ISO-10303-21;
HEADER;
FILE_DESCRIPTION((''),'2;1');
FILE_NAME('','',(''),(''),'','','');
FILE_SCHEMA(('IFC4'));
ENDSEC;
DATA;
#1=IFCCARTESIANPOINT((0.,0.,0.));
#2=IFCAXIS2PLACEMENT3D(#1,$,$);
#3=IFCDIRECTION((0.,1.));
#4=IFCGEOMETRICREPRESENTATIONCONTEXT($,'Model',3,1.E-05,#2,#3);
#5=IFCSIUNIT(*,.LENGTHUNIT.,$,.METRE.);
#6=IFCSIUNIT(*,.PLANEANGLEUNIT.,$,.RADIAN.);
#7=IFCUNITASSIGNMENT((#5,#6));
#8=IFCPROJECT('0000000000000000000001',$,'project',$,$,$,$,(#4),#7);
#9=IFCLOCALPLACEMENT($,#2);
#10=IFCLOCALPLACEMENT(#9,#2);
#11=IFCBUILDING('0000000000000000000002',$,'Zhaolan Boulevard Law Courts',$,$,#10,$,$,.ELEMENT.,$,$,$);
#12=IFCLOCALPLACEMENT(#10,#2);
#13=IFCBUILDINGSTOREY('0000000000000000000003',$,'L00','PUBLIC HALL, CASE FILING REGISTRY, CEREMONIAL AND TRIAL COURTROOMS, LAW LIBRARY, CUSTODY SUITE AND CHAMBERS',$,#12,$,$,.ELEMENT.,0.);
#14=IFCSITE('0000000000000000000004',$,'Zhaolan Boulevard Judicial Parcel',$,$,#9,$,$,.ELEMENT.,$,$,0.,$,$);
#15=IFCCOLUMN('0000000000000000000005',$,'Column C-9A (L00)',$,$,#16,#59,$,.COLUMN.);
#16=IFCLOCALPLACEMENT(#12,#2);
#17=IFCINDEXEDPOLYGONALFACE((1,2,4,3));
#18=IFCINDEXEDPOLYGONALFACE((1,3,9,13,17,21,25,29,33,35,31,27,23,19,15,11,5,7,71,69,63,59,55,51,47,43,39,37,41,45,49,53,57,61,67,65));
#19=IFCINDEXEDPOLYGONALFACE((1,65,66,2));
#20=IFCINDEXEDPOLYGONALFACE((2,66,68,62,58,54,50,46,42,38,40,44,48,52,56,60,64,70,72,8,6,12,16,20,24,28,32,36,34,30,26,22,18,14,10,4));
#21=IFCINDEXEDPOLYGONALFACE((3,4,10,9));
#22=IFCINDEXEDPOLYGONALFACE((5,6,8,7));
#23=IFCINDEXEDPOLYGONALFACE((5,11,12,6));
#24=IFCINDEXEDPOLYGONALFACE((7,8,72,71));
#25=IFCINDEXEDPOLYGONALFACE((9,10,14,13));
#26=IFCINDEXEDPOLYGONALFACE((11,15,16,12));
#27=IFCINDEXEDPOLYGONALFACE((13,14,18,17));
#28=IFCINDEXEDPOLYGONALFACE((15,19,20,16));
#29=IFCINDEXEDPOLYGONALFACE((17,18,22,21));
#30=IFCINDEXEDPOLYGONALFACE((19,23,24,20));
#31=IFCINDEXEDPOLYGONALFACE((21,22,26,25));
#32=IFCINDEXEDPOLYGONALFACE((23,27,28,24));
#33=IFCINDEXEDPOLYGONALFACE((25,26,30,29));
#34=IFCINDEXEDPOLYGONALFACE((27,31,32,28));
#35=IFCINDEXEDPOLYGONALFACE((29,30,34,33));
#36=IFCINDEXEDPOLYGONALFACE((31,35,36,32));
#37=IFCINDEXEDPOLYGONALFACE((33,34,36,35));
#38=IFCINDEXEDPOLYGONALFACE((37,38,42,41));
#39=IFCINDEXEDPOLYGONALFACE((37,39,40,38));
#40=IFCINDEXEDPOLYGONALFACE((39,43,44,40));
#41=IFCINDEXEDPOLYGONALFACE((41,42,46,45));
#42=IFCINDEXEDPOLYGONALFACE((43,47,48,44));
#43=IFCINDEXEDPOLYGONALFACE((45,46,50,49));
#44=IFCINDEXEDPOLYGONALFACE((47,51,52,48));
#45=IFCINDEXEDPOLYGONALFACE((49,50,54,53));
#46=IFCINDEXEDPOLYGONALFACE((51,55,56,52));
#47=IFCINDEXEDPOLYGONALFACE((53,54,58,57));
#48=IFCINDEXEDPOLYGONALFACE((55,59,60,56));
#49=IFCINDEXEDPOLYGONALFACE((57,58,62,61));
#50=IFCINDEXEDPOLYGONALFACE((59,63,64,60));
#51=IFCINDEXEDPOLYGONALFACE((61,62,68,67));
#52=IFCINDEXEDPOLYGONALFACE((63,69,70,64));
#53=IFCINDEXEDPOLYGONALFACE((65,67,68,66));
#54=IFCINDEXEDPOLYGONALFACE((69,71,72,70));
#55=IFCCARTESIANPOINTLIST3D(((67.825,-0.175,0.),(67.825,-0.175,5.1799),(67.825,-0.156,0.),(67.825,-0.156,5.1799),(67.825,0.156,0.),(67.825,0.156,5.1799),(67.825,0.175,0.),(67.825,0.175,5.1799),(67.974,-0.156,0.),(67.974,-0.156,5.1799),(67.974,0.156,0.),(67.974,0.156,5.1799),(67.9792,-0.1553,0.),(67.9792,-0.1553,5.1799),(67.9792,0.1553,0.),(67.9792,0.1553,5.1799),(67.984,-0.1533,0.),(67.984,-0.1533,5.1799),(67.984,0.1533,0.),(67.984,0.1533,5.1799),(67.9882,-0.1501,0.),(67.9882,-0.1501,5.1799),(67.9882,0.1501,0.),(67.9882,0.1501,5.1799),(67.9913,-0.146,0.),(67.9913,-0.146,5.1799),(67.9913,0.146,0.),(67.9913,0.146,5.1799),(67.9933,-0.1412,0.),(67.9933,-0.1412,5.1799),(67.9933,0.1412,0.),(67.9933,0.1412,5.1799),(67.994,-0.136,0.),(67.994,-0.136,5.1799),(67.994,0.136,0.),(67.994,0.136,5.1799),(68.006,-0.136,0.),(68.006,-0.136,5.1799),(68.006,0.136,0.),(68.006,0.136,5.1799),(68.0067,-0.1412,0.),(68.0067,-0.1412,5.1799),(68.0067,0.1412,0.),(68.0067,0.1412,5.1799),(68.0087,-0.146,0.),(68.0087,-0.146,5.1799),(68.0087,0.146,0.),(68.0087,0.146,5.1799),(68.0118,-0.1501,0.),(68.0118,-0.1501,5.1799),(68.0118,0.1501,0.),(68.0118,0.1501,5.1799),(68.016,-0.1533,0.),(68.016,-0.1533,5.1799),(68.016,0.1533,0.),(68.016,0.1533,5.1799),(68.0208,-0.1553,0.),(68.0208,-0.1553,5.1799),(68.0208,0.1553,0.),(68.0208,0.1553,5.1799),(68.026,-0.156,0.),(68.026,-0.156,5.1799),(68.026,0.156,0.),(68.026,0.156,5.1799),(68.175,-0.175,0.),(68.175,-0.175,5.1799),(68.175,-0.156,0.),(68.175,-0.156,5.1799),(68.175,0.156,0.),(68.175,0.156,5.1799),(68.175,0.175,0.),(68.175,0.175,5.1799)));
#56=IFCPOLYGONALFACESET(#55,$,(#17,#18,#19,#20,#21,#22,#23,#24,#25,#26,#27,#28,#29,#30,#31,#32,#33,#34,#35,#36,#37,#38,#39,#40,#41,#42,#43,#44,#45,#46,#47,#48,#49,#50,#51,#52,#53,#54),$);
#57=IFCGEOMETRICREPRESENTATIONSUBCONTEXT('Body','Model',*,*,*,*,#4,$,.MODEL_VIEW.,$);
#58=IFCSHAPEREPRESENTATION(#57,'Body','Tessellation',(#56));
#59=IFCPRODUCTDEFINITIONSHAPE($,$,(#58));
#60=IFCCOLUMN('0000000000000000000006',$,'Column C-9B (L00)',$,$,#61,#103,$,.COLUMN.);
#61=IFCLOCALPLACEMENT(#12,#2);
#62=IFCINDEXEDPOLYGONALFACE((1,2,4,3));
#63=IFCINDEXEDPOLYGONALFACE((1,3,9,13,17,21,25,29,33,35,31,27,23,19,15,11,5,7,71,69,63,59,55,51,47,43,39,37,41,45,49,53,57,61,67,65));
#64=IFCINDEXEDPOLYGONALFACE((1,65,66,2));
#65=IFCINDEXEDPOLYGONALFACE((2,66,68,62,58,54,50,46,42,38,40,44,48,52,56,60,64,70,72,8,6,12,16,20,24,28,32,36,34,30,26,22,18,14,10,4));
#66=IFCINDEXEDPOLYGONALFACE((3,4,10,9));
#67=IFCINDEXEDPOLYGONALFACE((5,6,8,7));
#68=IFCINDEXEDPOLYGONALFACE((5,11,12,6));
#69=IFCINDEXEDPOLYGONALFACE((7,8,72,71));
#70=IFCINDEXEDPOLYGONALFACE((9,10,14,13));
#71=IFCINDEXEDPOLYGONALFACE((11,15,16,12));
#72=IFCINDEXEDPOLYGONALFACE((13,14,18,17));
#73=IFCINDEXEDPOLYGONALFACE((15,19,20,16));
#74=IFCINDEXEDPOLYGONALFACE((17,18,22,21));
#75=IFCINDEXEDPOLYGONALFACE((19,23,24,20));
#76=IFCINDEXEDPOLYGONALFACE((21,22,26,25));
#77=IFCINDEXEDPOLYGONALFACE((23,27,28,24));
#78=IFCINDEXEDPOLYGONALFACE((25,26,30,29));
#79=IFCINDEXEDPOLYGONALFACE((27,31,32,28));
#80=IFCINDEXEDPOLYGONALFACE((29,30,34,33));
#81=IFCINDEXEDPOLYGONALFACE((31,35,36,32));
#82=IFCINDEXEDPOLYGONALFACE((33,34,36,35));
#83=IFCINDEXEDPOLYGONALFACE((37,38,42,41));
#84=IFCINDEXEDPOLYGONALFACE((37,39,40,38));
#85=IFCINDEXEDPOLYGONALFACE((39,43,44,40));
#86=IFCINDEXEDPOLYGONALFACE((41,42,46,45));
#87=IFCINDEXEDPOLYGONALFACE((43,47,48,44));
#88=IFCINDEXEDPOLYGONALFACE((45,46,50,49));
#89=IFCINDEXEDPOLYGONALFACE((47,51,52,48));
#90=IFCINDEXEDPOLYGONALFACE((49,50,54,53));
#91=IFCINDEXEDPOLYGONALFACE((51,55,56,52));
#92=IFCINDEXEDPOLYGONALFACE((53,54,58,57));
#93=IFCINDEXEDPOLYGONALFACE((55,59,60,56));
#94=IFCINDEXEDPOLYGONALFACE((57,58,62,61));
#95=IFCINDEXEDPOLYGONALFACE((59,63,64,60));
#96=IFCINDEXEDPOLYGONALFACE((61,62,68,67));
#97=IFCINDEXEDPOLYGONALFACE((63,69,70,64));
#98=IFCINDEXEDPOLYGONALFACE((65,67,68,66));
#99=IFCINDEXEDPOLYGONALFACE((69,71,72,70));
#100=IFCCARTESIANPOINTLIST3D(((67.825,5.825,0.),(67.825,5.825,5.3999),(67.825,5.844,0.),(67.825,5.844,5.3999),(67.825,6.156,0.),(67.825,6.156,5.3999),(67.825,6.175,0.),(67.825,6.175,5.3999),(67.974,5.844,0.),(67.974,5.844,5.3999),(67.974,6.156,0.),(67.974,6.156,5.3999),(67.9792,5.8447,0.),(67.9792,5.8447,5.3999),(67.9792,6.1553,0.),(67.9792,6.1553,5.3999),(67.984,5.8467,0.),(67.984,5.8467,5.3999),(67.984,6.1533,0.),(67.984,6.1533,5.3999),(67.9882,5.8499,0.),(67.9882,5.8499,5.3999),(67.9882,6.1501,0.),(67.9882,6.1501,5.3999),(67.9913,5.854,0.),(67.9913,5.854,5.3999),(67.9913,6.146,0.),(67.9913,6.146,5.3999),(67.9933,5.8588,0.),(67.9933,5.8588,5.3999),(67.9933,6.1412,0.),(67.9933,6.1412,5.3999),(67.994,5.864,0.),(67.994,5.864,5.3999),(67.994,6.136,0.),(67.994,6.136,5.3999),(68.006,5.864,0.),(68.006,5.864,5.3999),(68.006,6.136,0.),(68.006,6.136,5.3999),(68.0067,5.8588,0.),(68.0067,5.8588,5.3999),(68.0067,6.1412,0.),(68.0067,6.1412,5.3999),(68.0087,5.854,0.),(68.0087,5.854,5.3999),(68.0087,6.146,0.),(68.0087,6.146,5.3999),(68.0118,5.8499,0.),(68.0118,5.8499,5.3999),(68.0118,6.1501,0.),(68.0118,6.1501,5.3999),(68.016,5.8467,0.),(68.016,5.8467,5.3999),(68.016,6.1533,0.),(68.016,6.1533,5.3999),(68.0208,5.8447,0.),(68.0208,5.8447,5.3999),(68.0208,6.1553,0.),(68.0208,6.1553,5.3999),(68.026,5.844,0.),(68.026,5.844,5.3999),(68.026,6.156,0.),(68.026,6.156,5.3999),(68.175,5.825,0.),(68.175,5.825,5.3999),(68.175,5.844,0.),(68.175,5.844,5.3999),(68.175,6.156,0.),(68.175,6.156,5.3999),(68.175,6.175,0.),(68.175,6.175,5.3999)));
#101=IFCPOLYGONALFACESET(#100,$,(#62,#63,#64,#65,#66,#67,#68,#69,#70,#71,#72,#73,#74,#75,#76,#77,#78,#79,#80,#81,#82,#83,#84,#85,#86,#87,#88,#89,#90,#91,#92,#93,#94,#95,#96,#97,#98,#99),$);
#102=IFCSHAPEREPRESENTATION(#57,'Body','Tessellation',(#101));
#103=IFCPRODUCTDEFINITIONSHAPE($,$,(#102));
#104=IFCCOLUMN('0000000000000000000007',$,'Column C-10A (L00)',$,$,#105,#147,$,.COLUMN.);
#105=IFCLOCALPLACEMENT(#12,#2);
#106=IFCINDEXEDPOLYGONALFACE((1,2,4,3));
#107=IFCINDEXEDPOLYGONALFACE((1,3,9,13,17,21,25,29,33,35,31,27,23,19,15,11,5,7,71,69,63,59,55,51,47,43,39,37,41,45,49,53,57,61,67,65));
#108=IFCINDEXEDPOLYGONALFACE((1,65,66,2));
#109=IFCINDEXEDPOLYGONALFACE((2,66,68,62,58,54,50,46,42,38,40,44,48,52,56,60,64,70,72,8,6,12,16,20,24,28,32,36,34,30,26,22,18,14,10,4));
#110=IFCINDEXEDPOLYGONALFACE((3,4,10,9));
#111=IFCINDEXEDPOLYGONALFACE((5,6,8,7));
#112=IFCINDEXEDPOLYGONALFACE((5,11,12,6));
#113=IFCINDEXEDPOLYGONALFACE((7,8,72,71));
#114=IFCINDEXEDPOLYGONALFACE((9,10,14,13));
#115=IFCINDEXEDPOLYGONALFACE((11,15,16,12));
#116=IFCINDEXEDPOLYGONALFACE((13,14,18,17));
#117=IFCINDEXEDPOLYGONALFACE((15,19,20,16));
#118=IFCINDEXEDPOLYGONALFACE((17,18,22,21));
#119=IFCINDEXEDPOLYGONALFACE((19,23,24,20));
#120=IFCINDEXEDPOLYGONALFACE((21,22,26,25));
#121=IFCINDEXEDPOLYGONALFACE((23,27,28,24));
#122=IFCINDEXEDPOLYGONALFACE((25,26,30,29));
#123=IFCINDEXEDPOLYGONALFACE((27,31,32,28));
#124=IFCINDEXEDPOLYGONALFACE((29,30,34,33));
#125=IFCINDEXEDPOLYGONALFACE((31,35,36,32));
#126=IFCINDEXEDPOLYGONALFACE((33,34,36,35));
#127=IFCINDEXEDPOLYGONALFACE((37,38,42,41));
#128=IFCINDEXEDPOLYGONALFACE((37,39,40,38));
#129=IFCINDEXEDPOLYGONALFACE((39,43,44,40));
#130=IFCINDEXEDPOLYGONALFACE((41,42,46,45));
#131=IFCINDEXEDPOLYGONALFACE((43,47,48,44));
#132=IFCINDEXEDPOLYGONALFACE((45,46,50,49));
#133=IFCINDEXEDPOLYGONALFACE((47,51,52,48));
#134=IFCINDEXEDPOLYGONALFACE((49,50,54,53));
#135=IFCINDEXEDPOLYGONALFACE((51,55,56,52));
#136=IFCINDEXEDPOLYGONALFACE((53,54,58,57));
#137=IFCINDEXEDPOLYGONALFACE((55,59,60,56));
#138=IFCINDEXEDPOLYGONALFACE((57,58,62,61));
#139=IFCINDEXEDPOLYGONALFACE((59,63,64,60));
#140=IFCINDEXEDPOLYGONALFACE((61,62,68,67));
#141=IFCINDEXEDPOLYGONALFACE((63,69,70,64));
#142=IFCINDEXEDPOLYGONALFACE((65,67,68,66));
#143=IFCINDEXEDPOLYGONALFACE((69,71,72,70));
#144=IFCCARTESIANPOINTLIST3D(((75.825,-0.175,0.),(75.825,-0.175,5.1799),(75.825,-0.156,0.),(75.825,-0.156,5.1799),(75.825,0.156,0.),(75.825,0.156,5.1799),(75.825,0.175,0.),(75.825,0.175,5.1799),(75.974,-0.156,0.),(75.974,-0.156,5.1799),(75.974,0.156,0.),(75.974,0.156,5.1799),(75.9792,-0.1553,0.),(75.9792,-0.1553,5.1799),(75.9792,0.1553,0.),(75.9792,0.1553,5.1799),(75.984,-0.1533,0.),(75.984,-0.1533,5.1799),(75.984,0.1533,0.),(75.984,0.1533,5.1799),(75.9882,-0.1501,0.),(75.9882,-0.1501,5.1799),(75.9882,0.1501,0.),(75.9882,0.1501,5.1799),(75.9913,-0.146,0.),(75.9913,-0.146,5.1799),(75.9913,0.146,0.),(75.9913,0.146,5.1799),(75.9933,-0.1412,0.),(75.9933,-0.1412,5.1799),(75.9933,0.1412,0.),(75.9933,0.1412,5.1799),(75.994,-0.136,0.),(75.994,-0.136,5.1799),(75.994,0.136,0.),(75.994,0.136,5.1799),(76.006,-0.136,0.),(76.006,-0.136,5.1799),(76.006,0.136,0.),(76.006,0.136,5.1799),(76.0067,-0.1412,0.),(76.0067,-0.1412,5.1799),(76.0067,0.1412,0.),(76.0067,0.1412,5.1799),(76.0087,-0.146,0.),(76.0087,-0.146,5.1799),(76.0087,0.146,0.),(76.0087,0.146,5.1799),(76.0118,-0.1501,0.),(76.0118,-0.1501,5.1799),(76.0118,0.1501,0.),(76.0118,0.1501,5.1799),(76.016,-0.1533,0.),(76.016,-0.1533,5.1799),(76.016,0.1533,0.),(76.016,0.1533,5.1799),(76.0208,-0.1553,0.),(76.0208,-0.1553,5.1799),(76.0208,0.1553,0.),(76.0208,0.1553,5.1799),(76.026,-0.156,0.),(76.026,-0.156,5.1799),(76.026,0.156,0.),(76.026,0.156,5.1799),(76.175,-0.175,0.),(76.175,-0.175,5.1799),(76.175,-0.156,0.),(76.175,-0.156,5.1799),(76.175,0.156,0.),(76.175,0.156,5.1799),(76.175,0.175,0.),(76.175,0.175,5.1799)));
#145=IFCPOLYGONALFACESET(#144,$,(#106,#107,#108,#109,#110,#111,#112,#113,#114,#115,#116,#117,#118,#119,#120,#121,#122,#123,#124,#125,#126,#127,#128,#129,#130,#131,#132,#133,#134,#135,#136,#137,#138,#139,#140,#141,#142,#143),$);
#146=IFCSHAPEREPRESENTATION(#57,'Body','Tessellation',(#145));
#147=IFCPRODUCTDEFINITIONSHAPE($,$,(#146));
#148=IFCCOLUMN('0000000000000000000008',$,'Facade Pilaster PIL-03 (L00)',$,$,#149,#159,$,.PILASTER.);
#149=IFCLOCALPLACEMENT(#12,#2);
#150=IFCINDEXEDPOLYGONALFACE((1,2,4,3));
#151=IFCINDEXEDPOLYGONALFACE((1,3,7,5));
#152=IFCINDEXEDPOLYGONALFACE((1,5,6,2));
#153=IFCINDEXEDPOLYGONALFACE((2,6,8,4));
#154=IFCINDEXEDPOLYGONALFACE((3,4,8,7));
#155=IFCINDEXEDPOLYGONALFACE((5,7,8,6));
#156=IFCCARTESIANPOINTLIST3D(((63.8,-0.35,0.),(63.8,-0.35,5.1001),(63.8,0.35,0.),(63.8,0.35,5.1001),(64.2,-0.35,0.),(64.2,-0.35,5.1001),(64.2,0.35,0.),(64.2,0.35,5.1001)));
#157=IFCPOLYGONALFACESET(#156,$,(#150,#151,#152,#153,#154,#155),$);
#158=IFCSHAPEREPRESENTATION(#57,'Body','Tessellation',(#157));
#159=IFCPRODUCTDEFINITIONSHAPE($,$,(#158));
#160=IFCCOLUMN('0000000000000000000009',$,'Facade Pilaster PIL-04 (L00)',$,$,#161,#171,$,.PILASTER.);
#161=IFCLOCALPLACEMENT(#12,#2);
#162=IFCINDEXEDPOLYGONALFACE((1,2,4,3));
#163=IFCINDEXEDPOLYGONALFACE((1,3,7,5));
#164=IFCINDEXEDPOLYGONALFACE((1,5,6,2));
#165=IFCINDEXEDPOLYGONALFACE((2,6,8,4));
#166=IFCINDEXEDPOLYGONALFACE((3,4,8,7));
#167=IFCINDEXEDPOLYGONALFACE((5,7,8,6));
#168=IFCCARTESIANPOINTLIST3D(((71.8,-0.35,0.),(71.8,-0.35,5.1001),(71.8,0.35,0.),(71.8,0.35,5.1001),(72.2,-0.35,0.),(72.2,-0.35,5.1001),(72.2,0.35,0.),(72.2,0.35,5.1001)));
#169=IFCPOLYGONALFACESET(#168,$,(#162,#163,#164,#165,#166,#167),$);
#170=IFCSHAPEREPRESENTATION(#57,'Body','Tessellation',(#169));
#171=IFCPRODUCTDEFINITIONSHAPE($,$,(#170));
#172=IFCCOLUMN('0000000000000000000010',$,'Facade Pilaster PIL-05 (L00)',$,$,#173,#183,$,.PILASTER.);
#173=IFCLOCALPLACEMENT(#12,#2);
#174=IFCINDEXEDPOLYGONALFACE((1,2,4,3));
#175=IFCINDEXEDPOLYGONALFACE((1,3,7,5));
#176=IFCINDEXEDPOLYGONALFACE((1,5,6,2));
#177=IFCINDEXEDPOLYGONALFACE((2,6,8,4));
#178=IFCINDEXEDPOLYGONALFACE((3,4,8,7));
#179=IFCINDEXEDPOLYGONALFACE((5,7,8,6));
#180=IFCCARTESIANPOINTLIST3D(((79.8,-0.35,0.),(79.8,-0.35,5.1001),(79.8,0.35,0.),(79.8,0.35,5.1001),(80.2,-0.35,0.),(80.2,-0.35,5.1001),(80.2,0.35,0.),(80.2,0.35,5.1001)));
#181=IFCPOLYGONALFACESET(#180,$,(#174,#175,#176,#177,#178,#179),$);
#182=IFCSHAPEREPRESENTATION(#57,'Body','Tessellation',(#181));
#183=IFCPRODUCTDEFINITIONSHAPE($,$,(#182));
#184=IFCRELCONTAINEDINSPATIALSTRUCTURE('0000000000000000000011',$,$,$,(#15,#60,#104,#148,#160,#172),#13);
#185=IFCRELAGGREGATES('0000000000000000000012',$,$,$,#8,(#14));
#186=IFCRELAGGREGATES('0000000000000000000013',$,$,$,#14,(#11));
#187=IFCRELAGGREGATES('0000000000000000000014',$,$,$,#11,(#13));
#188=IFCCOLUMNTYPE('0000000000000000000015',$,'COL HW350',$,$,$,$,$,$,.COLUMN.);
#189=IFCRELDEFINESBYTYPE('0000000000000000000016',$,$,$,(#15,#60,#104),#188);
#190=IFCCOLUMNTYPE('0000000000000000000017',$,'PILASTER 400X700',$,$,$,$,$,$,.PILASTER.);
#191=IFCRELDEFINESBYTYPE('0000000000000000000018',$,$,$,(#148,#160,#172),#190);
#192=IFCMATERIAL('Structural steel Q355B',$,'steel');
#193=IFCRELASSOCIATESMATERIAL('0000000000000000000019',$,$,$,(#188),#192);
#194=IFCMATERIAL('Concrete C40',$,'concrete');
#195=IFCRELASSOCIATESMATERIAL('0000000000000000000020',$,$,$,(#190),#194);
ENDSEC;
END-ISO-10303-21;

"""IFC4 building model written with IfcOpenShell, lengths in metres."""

from ifc_helpers import new_model, si_unit, direction, frame, origin, origin_2d, place, context, subcontext, project, spatial, rectangle, i_section, extrude, material, material_profile, profile_set, type_object, element, save


model = new_model("IFC4")

# Units and contexts
model_context = context("Model", 3, precision=1e-05, world=origin(), true_north=direction((0.0, 1.0)))
body_context = subcontext(model_context, "Body", "Model", "MODEL_VIEW")
ifc_project = project(units=[si_unit("LENGTHUNIT", "METRE"), si_unit("PLANEANGLEUNIT", "RADIAN")], contexts=[model_context])

# Site, building, storey
site_placement = place(None, origin())
site = spatial("IfcSite", under=ifc_project, at=site_placement, Name="Zhaolan Boulevard Judicial Parcel", CompositionType="ELEMENT", RefElevation=0.0)
building_placement = place(site_placement, origin())
building = spatial("IfcBuilding", under=site, at=building_placement, Name="Zhaolan Boulevard Law Courts", CompositionType="ELEMENT")
storey_placement = place(building_placement, origin())
storey = spatial("IfcBuildingStorey", under=building, at=storey_placement, Name="L00", Description="PUBLIC HALL, CASE FILING REGISTRY, CEREMONIAL AND TRIAL COURTROOMS, LAW LIBRARY, CUSTODY SUITE AND CHAMBERS", CompositionType="ELEMENT", Elevation=0.0)

# Columns
ifc_material_1 = material(Name="Structural steel Q355B", Category="steel")
ifc_material_profile_1 = material_profile(ifc_material_1, i_section(OverallWidth=0.3501, OverallDepth=0.3501, WebThickness=0.012, FlangeThickness=0.019, FilletRadius=0.02, at=origin_2d()), Name="HW350x350")
ifc_profile_set_1 = profile_set([ifc_material_profile_1], Name="Structural steel Q355B")
column_type_1 = type_object("IfcColumnType", Name="COL HW350", PredefinedType="COLUMN", material=ifc_profile_set_1)
column_1_placement = place(storey_placement, frame((68.0, 0.0, 0.0), z_axis=(0.0, 0.0, 1.0), x_axis=(1.0, 0.0, 0.0)))
element("IfcColumn", 1, at=column_1_placement, inside=storey, type_object=column_type_1, Name="Column C-9A (L00)", PredefinedType="COLUMN", context=body_context, shape_type="SweptSolid", body=[
    extrude(i_section(OverallWidth=0.3501, OverallDepth=0.3501, WebThickness=0.012, FlangeThickness=0.019, FilletRadius=0.02, at=origin_2d()), origin(), (0.0, 0.0, 1.0), 5.1799),
])
column_2_placement = place(storey_placement, frame((68.0, 6.0, 0.0), z_axis=(0.0, 0.0, 1.0), x_axis=(1.0, 0.0, 0.0)))
element("IfcColumn", 2, at=column_2_placement, inside=storey, type_object=column_type_1, Name="Column C-9B (L00)", PredefinedType="COLUMN", context=body_context, shape_type="SweptSolid", body=[
    extrude(i_section(OverallWidth=0.3501, OverallDepth=0.3501, WebThickness=0.012, FlangeThickness=0.019, FilletRadius=0.02, at=origin_2d()), origin(), (0.0, 0.0, 1.0), 5.3999),
])
column_3_placement = place(storey_placement, frame((76.0, 0.0, 0.0), z_axis=(0.0, 0.0, 1.0), x_axis=(1.0, 0.0, 0.0)))
element("IfcColumn", 3, at=column_3_placement, inside=storey, type_object=column_type_1, Name="Column C-10A (L00)", PredefinedType="COLUMN", context=body_context, shape_type="SweptSolid", body=[
    extrude(i_section(OverallWidth=0.3501, OverallDepth=0.3501, WebThickness=0.012, FlangeThickness=0.019, FilletRadius=0.02, at=origin_2d()), origin(), (0.0, 0.0, 1.0), 5.1799),
])
ifc_material_2 = material(Name="Concrete C40", Category="concrete")
ifc_material_profile_2 = material_profile(ifc_material_2, rectangle(XDim=0.3999, YDim=0.7, at=origin_2d()), Name="RC400x700")
ifc_profile_set_2 = profile_set([ifc_material_profile_2], Name="Concrete C40")
column_type_2 = type_object("IfcColumnType", Name="PILASTER 400X700", PredefinedType="PILASTER", material=ifc_profile_set_2)
for number, where, z_axis, x_axis, name in (
    (4, (64.0, 0.0, 0.0), (0.0, 0.0, 1.0), (1.0, 0.0, 0.0), "Facade Pilaster PIL-03 (L00)"),
    (5, (72.0, 0.0, 0.0), (0.0, 0.0, 1.0), (1.0, 0.0, 0.0), "Facade Pilaster PIL-04 (L00)"),
    (6, (80.0, 0.0, 0.0), (0.0, 0.0, 1.0), (1.0, 0.0, 0.0), "Facade Pilaster PIL-05 (L00)"),
):
    element("IfcColumn", number, at=place(storey_placement, frame(where, z_axis=z_axis, x_axis=x_axis)), inside=storey, type_object=column_type_2, Name=name, PredefinedType="PILASTER", context=body_context, shape_type="SweptSolid", body=[
        extrude(rectangle(XDim=0.3999, YDim=0.7, at=origin_2d()), origin(), (0.0, 0.0, 1.0), 5.1001),
    ])

save(model, "model.ifc")
